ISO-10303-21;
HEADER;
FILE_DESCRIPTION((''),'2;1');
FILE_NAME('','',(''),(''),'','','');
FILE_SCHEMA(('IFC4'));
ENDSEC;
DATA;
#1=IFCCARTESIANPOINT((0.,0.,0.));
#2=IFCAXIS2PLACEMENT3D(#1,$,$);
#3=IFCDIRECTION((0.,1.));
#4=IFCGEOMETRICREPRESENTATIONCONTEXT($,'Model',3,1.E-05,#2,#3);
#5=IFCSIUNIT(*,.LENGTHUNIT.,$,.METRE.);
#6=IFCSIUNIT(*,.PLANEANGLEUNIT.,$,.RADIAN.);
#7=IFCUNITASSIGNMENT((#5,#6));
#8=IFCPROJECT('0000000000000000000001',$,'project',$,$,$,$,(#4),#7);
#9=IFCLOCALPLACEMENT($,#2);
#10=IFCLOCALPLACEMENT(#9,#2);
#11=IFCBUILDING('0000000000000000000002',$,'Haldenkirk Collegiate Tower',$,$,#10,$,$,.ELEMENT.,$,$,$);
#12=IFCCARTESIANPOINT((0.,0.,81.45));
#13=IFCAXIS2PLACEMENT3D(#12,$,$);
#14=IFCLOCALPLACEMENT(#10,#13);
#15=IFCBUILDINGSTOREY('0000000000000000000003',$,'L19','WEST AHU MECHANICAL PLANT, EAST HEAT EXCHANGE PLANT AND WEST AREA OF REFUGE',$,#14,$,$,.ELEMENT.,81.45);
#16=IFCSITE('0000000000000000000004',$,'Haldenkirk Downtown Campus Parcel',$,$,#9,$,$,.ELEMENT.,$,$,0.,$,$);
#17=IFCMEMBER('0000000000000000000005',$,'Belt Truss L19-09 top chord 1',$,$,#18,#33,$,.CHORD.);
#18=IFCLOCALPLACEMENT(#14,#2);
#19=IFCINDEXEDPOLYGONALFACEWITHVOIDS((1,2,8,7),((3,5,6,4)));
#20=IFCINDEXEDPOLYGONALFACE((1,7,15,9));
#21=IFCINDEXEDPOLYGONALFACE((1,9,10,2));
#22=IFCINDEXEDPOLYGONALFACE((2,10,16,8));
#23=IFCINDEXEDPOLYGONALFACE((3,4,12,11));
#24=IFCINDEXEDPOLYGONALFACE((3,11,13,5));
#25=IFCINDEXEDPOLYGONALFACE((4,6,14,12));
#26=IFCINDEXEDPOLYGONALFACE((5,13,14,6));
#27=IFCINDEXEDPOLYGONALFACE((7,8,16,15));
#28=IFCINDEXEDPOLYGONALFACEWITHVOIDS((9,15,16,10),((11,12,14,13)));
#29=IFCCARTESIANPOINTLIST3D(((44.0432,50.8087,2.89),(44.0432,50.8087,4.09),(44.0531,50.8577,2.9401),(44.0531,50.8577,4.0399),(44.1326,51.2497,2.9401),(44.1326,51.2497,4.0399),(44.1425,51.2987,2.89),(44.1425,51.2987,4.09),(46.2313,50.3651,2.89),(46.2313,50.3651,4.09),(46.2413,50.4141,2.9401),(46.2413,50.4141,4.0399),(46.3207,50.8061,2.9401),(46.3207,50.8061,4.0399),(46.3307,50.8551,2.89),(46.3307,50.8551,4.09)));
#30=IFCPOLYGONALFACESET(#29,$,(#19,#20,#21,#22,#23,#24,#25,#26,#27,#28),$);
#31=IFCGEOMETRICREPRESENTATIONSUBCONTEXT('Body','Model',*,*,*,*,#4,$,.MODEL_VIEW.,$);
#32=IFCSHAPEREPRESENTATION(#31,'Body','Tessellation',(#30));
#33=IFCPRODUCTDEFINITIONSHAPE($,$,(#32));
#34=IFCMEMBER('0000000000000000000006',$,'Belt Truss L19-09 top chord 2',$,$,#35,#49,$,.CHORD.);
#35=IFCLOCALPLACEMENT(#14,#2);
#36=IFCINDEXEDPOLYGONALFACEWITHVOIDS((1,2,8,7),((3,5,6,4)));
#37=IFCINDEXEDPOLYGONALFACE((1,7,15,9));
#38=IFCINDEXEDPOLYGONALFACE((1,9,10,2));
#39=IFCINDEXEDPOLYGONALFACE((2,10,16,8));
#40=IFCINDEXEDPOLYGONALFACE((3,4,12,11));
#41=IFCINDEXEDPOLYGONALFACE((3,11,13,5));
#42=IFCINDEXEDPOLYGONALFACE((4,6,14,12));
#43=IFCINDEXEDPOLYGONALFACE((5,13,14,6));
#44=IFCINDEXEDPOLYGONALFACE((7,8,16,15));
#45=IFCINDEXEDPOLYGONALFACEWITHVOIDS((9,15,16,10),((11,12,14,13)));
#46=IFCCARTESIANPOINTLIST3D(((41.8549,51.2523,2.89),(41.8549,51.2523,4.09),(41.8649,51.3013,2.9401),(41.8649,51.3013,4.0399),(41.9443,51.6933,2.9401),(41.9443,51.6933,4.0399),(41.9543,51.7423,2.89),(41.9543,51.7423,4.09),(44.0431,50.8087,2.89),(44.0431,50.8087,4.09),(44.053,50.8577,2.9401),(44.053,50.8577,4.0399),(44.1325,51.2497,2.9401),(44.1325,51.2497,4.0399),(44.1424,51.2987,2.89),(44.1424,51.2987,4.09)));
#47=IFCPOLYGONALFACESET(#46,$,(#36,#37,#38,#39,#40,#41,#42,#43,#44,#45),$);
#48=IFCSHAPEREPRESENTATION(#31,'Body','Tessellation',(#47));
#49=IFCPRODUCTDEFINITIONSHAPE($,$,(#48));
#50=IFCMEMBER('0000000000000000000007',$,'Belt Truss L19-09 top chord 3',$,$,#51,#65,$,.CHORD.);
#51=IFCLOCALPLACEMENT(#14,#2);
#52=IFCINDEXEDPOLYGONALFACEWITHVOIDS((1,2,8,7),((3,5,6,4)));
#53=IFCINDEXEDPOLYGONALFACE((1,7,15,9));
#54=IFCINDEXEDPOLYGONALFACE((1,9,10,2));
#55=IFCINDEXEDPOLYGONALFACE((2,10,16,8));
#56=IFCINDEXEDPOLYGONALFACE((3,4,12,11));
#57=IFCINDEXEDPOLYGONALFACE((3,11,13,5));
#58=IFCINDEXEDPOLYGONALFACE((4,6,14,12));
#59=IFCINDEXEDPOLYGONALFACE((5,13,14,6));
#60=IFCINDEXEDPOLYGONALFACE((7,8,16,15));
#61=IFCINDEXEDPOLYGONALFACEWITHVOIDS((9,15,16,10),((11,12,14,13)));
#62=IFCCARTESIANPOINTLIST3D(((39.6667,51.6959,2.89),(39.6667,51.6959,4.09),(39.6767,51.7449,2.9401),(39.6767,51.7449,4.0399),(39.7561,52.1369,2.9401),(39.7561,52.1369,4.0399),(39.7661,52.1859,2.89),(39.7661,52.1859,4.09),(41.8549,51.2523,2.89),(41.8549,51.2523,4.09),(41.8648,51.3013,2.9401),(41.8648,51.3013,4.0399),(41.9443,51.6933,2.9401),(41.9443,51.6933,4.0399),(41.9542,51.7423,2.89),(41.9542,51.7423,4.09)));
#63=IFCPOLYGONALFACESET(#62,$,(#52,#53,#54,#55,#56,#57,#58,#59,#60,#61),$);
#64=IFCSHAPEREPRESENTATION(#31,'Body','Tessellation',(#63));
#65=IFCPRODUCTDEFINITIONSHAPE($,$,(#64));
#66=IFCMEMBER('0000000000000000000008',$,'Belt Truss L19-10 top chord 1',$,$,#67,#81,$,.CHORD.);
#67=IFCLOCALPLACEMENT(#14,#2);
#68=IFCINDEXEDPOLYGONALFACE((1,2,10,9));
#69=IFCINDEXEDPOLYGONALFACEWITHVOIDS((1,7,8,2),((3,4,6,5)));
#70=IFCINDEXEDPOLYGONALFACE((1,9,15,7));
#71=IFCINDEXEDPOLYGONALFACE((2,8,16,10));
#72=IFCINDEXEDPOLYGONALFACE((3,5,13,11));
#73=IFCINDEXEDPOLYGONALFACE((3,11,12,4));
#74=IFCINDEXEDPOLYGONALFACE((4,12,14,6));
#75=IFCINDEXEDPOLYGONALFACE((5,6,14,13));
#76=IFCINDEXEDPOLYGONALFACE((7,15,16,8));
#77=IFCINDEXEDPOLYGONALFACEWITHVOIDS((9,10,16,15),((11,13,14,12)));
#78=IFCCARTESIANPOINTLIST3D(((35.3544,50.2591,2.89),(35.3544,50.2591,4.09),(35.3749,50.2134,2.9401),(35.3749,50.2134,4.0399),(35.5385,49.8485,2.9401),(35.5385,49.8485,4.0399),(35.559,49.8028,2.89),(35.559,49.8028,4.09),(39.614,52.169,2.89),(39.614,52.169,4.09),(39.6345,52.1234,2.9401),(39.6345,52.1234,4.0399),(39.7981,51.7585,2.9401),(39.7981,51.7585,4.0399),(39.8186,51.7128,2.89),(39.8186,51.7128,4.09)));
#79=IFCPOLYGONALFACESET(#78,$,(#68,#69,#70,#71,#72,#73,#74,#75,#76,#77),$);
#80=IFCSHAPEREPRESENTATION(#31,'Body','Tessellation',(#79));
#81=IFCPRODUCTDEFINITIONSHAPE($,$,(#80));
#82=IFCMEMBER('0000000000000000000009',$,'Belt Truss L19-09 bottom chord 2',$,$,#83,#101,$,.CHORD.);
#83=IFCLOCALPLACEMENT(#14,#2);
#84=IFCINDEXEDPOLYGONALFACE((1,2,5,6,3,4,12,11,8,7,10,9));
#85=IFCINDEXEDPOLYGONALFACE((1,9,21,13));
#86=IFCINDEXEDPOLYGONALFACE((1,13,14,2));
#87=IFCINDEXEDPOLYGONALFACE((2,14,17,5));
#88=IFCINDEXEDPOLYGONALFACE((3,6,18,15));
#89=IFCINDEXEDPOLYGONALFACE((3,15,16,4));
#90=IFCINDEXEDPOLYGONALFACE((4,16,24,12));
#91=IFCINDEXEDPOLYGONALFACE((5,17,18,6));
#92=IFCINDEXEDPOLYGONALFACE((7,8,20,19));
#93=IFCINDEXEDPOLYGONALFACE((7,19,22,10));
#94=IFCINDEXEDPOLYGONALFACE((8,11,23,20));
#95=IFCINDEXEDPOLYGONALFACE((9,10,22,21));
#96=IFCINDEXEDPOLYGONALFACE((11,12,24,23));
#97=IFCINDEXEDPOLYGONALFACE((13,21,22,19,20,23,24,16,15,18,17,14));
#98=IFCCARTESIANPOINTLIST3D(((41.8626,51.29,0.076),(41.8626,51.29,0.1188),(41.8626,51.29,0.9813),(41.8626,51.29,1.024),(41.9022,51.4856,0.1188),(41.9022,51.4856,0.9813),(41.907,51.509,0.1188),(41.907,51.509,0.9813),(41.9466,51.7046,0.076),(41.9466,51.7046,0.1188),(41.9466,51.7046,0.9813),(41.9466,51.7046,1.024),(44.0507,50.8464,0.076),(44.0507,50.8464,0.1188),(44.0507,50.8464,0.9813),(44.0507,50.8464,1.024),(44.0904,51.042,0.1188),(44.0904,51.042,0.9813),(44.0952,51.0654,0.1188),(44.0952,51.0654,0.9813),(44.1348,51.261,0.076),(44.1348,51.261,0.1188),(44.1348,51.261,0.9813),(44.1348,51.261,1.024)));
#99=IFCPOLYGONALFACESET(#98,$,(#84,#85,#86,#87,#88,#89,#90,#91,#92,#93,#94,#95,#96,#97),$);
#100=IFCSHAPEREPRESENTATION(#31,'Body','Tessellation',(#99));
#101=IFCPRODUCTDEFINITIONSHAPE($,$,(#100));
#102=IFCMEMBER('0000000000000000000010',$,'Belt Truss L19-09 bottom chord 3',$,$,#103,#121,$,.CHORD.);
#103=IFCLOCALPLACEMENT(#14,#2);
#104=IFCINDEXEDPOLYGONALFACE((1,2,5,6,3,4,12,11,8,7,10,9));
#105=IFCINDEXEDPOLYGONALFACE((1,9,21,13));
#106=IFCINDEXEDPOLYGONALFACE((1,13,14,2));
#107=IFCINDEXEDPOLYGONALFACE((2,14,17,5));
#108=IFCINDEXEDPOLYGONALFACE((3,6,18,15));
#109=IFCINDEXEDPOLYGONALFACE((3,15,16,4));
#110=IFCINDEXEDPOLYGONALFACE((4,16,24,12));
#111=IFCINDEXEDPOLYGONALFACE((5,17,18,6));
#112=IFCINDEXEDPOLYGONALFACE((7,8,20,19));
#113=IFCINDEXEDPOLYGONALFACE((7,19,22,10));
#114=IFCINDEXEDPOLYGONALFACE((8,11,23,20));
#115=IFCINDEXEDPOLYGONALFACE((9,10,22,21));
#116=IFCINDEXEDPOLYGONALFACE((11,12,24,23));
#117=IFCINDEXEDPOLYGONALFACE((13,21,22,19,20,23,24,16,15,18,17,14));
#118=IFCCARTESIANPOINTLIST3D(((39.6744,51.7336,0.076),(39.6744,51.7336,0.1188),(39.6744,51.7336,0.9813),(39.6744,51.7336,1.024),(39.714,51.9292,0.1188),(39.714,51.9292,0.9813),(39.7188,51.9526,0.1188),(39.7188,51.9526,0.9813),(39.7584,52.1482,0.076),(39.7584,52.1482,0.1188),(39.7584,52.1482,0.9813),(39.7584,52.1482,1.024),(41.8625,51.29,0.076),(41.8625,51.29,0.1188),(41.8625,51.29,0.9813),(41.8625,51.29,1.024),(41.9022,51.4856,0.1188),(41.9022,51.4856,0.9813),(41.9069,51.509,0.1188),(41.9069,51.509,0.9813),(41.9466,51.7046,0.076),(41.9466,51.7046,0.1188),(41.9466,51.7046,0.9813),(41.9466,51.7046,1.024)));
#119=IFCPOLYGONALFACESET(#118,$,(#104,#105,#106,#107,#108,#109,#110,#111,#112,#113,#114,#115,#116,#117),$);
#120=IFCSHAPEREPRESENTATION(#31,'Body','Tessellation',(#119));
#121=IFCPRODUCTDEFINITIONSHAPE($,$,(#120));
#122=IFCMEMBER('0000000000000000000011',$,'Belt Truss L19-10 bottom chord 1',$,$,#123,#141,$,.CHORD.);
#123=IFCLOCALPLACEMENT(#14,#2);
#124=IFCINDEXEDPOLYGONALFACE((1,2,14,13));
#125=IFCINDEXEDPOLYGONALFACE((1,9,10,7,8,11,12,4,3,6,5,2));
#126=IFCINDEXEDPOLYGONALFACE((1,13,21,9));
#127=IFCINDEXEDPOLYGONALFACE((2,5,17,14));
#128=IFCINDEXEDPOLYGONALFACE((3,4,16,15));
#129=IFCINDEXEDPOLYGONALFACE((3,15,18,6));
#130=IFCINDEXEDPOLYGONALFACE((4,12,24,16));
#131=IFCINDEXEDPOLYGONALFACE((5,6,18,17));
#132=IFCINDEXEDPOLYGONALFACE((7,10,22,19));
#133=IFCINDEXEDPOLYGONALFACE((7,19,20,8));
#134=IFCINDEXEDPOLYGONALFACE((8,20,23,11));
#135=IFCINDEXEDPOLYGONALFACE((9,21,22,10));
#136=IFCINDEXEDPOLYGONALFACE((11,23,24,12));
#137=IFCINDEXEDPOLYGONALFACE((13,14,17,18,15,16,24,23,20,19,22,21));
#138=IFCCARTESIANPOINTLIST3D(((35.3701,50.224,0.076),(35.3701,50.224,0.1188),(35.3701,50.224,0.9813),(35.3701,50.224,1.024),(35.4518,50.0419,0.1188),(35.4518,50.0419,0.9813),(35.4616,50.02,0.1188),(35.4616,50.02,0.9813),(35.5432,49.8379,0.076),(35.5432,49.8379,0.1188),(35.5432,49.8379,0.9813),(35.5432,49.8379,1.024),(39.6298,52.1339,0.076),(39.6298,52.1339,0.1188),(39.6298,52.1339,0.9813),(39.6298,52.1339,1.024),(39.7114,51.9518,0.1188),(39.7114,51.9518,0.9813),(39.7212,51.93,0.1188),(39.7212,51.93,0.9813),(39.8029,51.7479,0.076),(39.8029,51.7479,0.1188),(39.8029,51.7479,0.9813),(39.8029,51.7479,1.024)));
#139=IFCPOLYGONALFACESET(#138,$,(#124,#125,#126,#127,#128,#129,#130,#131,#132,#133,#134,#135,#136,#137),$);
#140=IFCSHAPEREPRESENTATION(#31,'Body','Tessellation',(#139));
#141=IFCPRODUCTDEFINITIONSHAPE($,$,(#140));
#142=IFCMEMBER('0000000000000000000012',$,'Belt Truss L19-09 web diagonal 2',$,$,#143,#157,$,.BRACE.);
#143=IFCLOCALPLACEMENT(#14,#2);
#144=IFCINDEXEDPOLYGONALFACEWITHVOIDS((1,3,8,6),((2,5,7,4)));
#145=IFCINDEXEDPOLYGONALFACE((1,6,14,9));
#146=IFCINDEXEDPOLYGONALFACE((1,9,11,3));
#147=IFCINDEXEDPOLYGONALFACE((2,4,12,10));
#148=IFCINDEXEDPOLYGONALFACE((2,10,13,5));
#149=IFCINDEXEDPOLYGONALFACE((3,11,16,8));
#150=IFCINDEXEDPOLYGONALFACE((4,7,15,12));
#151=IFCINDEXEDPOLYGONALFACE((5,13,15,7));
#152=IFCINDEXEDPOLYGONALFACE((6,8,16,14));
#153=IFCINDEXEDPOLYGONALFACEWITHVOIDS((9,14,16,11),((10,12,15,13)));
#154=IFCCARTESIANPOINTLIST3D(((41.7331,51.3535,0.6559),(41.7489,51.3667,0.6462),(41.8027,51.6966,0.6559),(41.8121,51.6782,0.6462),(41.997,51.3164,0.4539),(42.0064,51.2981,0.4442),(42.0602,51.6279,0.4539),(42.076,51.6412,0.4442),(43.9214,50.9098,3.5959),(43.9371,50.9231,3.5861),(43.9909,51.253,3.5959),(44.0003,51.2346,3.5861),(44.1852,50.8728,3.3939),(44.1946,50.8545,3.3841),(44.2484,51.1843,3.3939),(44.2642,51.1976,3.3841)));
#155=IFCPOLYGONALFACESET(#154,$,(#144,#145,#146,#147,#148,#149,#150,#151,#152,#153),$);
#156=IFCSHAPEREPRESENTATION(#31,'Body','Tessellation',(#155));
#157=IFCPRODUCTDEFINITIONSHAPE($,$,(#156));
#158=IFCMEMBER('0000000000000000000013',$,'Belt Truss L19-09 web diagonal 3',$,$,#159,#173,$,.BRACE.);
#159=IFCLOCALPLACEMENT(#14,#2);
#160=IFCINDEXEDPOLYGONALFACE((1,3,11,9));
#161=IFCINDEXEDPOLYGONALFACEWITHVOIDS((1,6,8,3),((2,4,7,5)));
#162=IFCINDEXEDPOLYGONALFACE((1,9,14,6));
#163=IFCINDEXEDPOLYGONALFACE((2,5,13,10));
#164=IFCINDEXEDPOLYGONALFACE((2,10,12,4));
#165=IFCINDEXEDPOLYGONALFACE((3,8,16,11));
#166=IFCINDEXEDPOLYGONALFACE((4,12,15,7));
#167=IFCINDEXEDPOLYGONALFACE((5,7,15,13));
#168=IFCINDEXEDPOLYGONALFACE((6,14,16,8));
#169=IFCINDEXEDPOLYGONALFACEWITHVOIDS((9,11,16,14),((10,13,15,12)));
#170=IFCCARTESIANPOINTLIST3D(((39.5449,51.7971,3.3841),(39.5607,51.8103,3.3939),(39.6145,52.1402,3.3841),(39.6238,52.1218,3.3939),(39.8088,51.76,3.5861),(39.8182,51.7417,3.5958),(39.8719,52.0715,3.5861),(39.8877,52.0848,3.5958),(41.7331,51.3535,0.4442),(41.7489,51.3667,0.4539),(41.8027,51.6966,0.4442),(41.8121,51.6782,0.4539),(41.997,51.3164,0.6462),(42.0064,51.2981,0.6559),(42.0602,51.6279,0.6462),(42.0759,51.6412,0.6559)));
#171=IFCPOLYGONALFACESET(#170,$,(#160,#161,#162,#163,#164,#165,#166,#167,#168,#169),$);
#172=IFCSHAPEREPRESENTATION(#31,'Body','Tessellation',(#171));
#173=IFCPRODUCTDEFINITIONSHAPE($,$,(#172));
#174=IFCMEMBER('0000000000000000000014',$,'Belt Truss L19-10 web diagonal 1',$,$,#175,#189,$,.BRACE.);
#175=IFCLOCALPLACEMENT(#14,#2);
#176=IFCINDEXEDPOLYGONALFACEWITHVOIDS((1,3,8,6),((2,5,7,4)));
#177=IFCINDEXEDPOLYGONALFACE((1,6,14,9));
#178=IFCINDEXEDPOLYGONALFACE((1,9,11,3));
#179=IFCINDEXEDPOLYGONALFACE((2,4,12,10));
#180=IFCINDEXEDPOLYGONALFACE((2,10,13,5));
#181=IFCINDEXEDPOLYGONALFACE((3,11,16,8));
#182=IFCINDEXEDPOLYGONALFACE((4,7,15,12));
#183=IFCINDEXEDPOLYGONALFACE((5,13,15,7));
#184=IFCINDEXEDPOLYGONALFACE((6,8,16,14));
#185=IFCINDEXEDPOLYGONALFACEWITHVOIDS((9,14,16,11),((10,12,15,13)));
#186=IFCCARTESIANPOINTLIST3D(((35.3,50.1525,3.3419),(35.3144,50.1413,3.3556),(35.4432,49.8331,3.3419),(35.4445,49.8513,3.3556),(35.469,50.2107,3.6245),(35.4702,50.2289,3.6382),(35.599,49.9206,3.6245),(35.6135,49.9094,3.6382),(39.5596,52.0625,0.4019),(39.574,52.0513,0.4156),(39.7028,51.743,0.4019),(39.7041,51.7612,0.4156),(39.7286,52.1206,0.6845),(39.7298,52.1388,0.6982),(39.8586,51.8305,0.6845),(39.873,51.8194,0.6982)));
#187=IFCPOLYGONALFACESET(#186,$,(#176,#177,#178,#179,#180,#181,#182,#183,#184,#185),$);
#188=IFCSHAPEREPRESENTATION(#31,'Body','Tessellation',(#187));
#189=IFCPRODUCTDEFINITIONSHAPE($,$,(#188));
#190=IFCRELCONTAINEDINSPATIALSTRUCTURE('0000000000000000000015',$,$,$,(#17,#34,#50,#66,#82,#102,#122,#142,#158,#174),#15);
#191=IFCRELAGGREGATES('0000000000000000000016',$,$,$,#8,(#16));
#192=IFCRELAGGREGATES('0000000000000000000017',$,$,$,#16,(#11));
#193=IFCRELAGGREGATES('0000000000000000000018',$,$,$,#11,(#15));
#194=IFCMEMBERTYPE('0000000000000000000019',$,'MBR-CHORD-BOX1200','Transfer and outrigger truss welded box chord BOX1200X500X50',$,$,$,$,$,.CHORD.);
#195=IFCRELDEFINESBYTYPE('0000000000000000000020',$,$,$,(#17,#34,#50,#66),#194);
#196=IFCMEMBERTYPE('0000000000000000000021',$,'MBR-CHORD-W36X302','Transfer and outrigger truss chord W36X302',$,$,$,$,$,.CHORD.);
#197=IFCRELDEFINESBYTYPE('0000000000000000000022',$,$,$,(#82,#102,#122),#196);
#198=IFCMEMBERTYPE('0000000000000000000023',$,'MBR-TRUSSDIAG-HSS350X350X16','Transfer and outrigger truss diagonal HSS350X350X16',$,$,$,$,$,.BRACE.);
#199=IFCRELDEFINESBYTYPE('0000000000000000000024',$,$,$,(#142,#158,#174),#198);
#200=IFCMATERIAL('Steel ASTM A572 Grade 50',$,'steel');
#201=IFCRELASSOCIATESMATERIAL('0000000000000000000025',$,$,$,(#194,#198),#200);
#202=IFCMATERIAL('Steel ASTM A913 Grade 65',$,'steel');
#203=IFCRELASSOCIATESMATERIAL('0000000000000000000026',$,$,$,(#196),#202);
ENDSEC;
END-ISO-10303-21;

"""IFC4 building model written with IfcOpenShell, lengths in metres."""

from ifc_helpers import new_model, si_unit, direction, frame, origin, origin_2d, place, context, subcontext, project, spatial, hollow_rectangle, i_section, extrude, material, material_profile, profile_set, type_object, element, save


model = new_model("IFC4")

# Units and contexts
model_context = context("Model", 3, precision=1e-05, world=origin(), true_north=direction((0.0, 1.0)))
body_context = subcontext(model_context, "Body", "Model", "MODEL_VIEW")
ifc_project = project(units=[si_unit("LENGTHUNIT", "METRE"), si_unit("PLANEANGLEUNIT", "RADIAN")], contexts=[model_context])

# Site, building, storey
site_placement = place(None, origin())
site = spatial("IfcSite", under=ifc_project, at=site_placement, Name="Haldenkirk Downtown Campus Parcel", CompositionType="ELEMENT", RefElevation=0.0)
building_placement = place(site_placement, origin())
building = spatial("IfcBuilding", under=site, at=building_placement, Name="Haldenkirk Collegiate Tower", CompositionType="ELEMENT")
storey_placement = place(building_placement, frame((0.0, 0.0, 81.45)))
storey = spatial("IfcBuildingStorey", under=building, at=storey_placement, Name="L19", Description="WEST AHU MECHANICAL PLANT, EAST HEAT EXCHANGE PLANT AND WEST AREA OF REFUGE", CompositionType="ELEMENT", Elevation=81.45)

# Members
ifc_material_1 = material(Name="Steel ASTM A572 Grade 50", Category="steel")
ifc_material_profile_1 = material_profile(ifc_material_1, hollow_rectangle(XDim=0.5, YDim=1.2, WallThickness=0.05, at=origin_2d()), Name="BOX1200X500X50")
ifc_profile_set_1 = profile_set([ifc_material_profile_1], Name="Steel ASTM A572 Grade 50")
member_type_1 = type_object("IfcMemberType", Name="MBR-CHORD-BOX1200", Description="Transfer and outrigger truss welded box chord BOX1200X500X50", PredefinedType="CHORD", material=ifc_profile_set_1)
for number, where, z_axis, x_axis, name in (
    (1, (46.281, 50.6101, 3.49), (-0.980064, 0.198681, 0.0), (-0.198681, -0.980064, 0.0), "Belt Truss L19-09 top chord 1"),
    (2, (44.0928, 51.0537, 3.49), (-0.980064, 0.198681, 0.0), (-0.198681, -0.980064, 0.0), "Belt Truss L19-09 top chord 2"),
    (3, (41.9045, 51.4973, 3.49), (-0.980064, 0.198681, 0.0), (-0.198681, -0.980064, 0.0), "Belt Truss L19-09 top chord 3"),
):
    element("IfcMember", number, at=place(storey_placement, frame(where, z_axis=z_axis, x_axis=x_axis)), inside=storey, type_object=member_type_1, Name=name, PredefinedType="CHORD", context=body_context, shape_type="SweptSolid", body=[
        extrude(hollow_rectangle(XDim=0.5, YDim=1.2, WallThickness=0.05, at=origin_2d()), origin(), (0.0, 0.0, 1.0), 2.2327),
    ])
member_1_placement = place(storey_placement, frame((39.7163, 51.9409, 3.49), z_axis=(-0.912472, -0.40914, 0.0), x_axis=(0.40914, -0.912472, 0.0)))
element("IfcMember", 4, at=member_1_placement, inside=storey, type_object=member_type_1, Name="Belt Truss L19-10 top chord 1", PredefinedType="CHORD", context=body_context, shape_type="SweptSolid", body=[
    extrude(hollow_rectangle(XDim=0.5, YDim=1.2, WallThickness=0.05, at=origin_2d()), origin(), (0.0, 0.0, 1.0), 4.6682),
])
ifc_material_2 = material(Name="Steel ASTM A913 Grade 65", Category="steel")
ifc_material_profile_2 = material_profile(ifc_material_2, i_section(OverallWidth=0.4231, OverallDepth=0.948, WebThickness=0.0239, FlangeThickness=0.0427, at=origin_2d()), Name="W36X302")
ifc_profile_set_2 = profile_set([ifc_material_profile_2], Name="Steel ASTM A913 Grade 65")
member_type_2 = type_object("IfcMemberType", Name="MBR-CHORD-W36X302", Description="Transfer and outrigger truss chord W36X302", PredefinedType="CHORD", material=ifc_profile_set_2)
for number, where, z_axis, x_axis, name in (
    (5, (44.0928, 51.0537, 0.55), (-0.980064, 0.198681, 0.0), (-0.198681, -0.980064, 0.0), "Belt Truss L19-09 bottom chord 2"),
    (6, (41.9045, 51.4973, 0.55), (-0.980064, 0.198681, 0.0), (-0.198681, -0.980064, 0.0), "Belt Truss L19-09 bottom chord 3"),
):
    element("IfcMember", number, at=place(storey_placement, frame(where, z_axis=z_axis, x_axis=x_axis)), inside=storey, type_object=member_type_2, Name=name, PredefinedType="CHORD", context=body_context, shape_type="SweptSolid", body=[
        extrude(i_section(OverallWidth=0.4231, OverallDepth=0.948, WebThickness=0.0239, FlangeThickness=0.0427, at=origin_2d()), origin(), (0.0, 0.0, 1.0), 2.2327),
    ])
member_2_placement = place(storey_placement, frame((39.7163, 51.9409, 0.55), z_axis=(-0.912472, -0.40914, 0.0), x_axis=(0.40914, -0.912472, 0.0)))
element("IfcMember", 7, at=member_2_placement, inside=storey, type_object=member_type_2, Name="Belt Truss L19-10 bottom chord 1", PredefinedType="CHORD", context=body_context, shape_type="SweptSolid", body=[
    extrude(i_section(OverallWidth=0.4231, OverallDepth=0.948, WebThickness=0.0239, FlangeThickness=0.0427, at=origin_2d()), origin(), (0.0, 0.0, 1.0), 4.6682),
])
ifc_material_profile_3 = material_profile(ifc_material_1, hollow_rectangle(XDim=0.3501, YDim=0.3501, WallThickness=0.0161, at=origin_2d()), Name="HSS350X350X16")
ifc_profile_set_3 = profile_set([ifc_material_profile_3], Name="Steel ASTM A572 Grade 50")
member_type_3 = type_object("IfcMemberType", Name="MBR-TRUSSDIAG-HSS350X350X16", Description="Transfer and outrigger truss diagonal HSS350X350X16", PredefinedType="BRACE", material=ifc_profile_set_3)
for number, where, z_axis, x_axis, name in (
    (8, (44.0928, 51.0537, 3.49), (-0.592749, 0.120163, -0.796372), (-0.198681, -0.980064, 0.0), "Belt Truss L19-09 web diagonal 2"),
    (9, (41.9045, 51.4973, 0.55), (-0.592749, 0.120163, 0.796372), (-0.198681, -0.980064, 0.0), "Belt Truss L19-09 web diagonal 3"),
):
    element("IfcMember", number, at=place(storey_placement, frame(where, z_axis=z_axis, x_axis=x_axis)), inside=storey, type_object=member_type_3, Name=name, PredefinedType="BRACE", context=body_context, shape_type="SweptSolid", body=[
        extrude(hollow_rectangle(XDim=0.3501, YDim=0.3501, WallThickness=0.0161, at=origin_2d()), origin(), (0.0, 0.0, 1.0), 3.6917),
    ])
member_3_placement = place(storey_placement, frame((39.7163, 51.9409, 0.55), z_axis=(-0.772107, -0.346202, 0.532912), x_axis=(0.40914, -0.912472, 0.0)))
element("IfcMember", 10, at=member_3_placement, inside=storey, type_object=member_type_3, Name="Belt Truss L19-10 web diagonal 1", PredefinedType="BRACE", context=body_context, shape_type="SweptSolid", body=[
    extrude(hollow_rectangle(XDim=0.3501, YDim=0.3501, WallThickness=0.0161, at=origin_2d()), origin(), (0.0, 0.0, 1.0), 5.5168),
])

save(model, "model.ifc")
